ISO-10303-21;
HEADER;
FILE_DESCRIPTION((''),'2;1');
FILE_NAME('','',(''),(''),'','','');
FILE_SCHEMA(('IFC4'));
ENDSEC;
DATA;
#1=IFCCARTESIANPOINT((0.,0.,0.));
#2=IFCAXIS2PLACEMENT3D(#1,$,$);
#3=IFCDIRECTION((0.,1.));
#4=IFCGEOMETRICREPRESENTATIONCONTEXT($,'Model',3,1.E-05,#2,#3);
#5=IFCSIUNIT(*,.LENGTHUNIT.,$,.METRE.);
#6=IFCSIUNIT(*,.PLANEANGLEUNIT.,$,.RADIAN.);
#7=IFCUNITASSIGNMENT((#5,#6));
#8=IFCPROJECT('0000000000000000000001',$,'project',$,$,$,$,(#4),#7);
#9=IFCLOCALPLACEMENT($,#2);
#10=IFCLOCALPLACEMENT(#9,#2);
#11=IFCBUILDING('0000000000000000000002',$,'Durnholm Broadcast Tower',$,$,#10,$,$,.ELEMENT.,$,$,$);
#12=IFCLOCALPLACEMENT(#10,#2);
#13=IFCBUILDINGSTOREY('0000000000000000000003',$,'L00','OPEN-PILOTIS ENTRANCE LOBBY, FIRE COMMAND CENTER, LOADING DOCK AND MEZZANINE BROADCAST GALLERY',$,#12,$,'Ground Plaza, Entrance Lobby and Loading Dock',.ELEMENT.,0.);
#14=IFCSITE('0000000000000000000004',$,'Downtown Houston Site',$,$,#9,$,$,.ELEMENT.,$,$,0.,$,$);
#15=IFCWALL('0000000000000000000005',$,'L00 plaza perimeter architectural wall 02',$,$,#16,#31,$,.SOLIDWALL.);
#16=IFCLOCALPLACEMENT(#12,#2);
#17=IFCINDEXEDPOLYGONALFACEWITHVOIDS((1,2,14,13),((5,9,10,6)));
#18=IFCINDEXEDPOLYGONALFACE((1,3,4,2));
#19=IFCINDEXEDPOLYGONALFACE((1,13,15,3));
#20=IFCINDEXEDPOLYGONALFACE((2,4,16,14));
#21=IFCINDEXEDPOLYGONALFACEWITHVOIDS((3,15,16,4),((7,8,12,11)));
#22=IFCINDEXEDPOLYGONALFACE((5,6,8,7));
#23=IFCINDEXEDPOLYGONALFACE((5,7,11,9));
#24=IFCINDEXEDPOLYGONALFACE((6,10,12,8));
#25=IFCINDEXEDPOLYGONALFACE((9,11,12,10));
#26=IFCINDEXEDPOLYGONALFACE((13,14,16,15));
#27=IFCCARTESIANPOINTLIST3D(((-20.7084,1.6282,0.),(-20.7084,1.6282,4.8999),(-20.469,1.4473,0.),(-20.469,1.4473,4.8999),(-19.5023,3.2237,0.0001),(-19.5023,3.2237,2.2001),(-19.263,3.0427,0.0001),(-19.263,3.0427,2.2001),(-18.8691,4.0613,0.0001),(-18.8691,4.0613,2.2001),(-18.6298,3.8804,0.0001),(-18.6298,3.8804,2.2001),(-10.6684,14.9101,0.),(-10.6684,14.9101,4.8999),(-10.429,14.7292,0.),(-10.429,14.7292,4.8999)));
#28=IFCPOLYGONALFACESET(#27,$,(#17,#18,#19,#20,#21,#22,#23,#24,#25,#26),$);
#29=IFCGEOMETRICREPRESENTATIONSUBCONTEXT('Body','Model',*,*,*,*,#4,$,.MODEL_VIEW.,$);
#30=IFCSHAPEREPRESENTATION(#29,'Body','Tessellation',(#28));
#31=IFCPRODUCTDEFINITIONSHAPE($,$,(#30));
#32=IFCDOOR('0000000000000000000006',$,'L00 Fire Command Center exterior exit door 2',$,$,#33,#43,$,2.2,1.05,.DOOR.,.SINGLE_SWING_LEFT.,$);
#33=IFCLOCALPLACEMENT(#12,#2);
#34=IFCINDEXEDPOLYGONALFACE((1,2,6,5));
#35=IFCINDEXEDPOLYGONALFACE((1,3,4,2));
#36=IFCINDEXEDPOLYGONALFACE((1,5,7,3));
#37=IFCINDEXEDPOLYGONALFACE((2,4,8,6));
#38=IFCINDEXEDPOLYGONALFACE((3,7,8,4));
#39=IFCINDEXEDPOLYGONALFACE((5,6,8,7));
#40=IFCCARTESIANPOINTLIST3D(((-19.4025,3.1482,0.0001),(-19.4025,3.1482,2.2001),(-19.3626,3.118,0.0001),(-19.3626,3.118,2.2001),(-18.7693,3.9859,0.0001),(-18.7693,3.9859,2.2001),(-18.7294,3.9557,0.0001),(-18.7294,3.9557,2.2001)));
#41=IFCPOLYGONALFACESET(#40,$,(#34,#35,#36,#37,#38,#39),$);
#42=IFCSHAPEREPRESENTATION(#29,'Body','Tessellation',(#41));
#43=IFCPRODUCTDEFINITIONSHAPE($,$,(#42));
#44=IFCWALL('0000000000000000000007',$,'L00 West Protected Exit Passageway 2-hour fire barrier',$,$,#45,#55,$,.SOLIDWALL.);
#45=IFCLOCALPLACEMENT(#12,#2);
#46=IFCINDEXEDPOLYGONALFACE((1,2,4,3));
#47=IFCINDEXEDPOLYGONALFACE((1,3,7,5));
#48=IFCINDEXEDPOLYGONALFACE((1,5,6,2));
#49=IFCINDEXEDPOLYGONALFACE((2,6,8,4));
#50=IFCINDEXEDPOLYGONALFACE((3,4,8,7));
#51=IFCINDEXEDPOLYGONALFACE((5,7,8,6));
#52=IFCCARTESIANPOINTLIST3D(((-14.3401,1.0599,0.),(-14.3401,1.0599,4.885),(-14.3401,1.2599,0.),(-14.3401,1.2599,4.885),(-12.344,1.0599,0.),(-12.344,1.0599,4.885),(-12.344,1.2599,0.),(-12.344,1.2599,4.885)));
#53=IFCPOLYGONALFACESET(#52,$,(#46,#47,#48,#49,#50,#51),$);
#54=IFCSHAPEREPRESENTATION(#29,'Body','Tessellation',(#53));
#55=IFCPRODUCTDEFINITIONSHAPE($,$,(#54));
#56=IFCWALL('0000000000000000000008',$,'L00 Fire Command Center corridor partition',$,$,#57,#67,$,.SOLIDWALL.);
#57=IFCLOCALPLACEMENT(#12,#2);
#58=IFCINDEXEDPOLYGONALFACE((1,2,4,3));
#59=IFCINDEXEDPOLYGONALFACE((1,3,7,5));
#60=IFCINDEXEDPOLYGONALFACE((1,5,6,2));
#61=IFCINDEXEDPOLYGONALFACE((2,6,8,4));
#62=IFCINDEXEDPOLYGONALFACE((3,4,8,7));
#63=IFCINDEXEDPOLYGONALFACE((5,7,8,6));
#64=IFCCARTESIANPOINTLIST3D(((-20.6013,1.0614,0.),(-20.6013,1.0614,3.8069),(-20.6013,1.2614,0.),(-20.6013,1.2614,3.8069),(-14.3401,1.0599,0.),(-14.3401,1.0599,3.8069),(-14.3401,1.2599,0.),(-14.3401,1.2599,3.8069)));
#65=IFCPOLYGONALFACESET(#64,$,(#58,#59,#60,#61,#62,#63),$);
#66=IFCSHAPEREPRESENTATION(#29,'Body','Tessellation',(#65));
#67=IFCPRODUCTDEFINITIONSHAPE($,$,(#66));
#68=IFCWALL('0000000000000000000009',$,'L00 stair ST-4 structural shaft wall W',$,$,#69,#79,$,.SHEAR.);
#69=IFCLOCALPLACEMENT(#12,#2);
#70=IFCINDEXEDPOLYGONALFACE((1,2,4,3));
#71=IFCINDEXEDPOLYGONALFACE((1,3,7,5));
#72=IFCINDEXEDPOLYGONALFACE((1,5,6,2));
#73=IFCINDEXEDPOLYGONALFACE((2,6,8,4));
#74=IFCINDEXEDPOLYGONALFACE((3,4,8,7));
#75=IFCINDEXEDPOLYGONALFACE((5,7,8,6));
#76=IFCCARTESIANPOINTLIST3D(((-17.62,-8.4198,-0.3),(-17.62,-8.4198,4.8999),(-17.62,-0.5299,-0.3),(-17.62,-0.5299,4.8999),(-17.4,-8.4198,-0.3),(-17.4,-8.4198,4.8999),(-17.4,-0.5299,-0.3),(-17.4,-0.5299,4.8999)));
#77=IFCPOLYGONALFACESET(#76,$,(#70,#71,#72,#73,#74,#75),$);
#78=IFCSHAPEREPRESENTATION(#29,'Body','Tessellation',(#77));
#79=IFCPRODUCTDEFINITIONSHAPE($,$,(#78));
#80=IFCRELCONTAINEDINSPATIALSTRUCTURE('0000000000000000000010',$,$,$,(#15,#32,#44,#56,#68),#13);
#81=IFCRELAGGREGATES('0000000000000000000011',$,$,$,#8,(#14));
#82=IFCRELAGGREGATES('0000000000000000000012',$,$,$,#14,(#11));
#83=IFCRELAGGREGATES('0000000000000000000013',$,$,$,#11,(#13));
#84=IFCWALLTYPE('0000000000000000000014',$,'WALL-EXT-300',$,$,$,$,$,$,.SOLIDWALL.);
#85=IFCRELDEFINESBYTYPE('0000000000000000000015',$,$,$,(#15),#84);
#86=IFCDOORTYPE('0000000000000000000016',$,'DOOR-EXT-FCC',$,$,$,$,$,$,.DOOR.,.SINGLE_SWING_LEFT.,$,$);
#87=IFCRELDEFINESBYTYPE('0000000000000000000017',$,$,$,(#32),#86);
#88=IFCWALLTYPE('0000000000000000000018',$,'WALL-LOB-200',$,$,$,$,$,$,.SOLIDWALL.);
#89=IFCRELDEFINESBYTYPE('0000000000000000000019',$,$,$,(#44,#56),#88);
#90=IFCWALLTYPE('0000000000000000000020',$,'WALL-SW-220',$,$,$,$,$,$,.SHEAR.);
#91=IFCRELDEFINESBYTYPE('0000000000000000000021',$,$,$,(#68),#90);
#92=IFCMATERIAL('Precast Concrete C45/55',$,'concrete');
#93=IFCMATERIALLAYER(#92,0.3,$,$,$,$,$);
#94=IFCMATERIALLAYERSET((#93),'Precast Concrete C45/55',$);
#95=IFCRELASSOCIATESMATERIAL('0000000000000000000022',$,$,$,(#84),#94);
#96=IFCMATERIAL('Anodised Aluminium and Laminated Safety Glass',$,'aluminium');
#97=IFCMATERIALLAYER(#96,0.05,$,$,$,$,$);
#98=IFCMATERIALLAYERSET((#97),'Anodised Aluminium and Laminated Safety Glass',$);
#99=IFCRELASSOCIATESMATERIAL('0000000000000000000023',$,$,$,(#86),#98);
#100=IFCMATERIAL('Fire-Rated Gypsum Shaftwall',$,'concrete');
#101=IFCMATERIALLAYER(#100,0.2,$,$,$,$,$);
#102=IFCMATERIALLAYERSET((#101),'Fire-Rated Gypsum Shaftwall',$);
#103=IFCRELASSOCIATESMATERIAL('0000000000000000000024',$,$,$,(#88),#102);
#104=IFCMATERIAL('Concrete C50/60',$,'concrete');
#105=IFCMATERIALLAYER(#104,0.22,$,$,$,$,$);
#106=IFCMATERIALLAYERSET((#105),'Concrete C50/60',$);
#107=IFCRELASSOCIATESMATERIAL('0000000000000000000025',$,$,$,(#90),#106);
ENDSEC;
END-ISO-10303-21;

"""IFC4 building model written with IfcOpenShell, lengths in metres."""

from ifc_helpers import new_model, si_unit, direction, frame, frame_2d, origin, place, context, subcontext, project, spatial, rectangle, extrude, source, transform, mapped, material, layer, layer_set, type_object, type_shapes, element, fill, save


model = new_model("IFC4")

# Units and contexts
model_context = context("Model", 3, precision=1e-05, world=origin(), true_north=direction((0.0, 1.0)))
body_context = subcontext(model_context, "Body", "Model", "MODEL_VIEW")
ifc_project = project(units=[si_unit("LENGTHUNIT", "METRE"), si_unit("PLANEANGLEUNIT", "RADIAN")], contexts=[model_context])

# Site, building, storey
site_placement = place(None, origin())
site = spatial("IfcSite", under=ifc_project, at=site_placement, Name="Downtown Houston Site", CompositionType="ELEMENT", RefElevation=0.0)
building_placement = place(site_placement, origin())
building = spatial("IfcBuilding", under=site, at=building_placement, Name="Durnholm Broadcast Tower", CompositionType="ELEMENT")
storey_placement = place(building_placement, origin())
storey = spatial("IfcBuildingStorey", under=building, at=storey_placement, Name="L00", Description="OPEN-PILOTIS ENTRANCE LOBBY, FIRE COMMAND CENTER, LOADING DOCK AND MEZZANINE BROADCAST GALLERY", LongName="Ground Plaza, Entrance Lobby and Loading Dock", CompositionType="ELEMENT", Elevation=0.0)

# Wall, opening, door
ifc_material_1 = material(Name="Precast Concrete C45/55", Category="concrete")
ifc_layer_1 = layer(ifc_material_1, 0.3)
ifc_layer_set_1 = layer_set([ifc_layer_1], Name="Precast Concrete C45/55")
wall_type_1 = type_object("IfcWallType", Name="WALL-EXT-300", PredefinedType="SOLIDWALL", material=ifc_layer_set_1)
wall_1_placement = place(storey_placement, frame((-20.5886, 1.5378, 0.0), z_axis=(0.0, 0.0, 1.0), x_axis=(0.603015, 0.79773, 0.0)))
wall_1 = element("IfcWall", 1, at=wall_1_placement, inside=storey, type_object=wall_type_1, Name="L00 plaza perimeter architectural wall 02", PredefinedType="SOLIDWALL", context=body_context, shape_type="SweptSolid", body=[
    extrude(rectangle(XDim=16.6497, YDim=0.3, at=frame_2d((8.3247, 0.0))), origin(), (0.0, 0.0, 1.0), 4.8999),
])
opening_placement = place(wall_1_placement, frame((2.0, 0.0, 0.0)))
opening = element("IfcOpeningElement", 2, at=opening_placement, cuts=wall_1, PredefinedType="OPENING", context=body_context, shape_type="SweptSolid", body=[
    extrude(rectangle(XDim=1.05, YDim=2.2, at=frame_2d((0.5249, 1.1001))), frame((0.0, 0.1602, 0.0), z_axis=(0.0, -1.0, 0.0), x_axis=(1.0, 0.0, 0.0)), (0.0, 0.0, 1.0), 0.3201),
])
ifc_material_2 = material(Name="Anodised Aluminium and Laminated Safety Glass", Category="aluminium")
ifc_layer_2 = layer(ifc_material_2, 0.05)
ifc_layer_set_2 = layer_set([ifc_layer_2], Name="Anodised Aluminium and Laminated Safety Glass")
door_type = type_object("IfcDoorType", Name="DOOR-EXT-FCC", OperationType="SINGLE_SWING_LEFT", PredefinedType="DOOR", material=ifc_layer_set_2)
shared_shape_1 = source(origin(), body_context, "Body", "SweptSolid", [
    extrude(rectangle(XDim=1.05, YDim=2.2, at=frame_2d((0.5249, 1.1001))), frame((0.0, 0.0249, 0.0), z_axis=(0.0, -1.0, 0.0), x_axis=(1.0, 0.0, 0.0)), (0.0, 0.0, 1.0), 0.05),
])
type_shapes(door_type, [shared_shape_1])
door_placement = place(opening_placement, origin())
door = element("IfcDoor", 3, at=door_placement, inside=storey, type_object=door_type, Name="L00 Fire Command Center exterior exit door 2", OperationType="SINGLE_SWING_LEFT", OverallHeight=2.2, OverallWidth=1.05, PredefinedType="DOOR", context=body_context, shape_type="MappedRepresentation", body=[
    mapped(shared_shape_1, transform((0.0, 0.0, 0.0), x_axis=(1.0, 0.0, 0.0), y_axis=(0.0, 1.0, 0.0), z_axis=(0.0, 0.0, 1.0), scale=1.0)),
])
fill(opening, door)

# Walls
ifc_material_3 = material(Name="Fire-Rated Gypsum Shaftwall", Category="concrete")
ifc_layer_3 = layer(ifc_material_3, 0.2)
ifc_layer_set_3 = layer_set([ifc_layer_3], Name="Fire-Rated Gypsum Shaftwall")
wall_type_2 = type_object("IfcWallType", Name="WALL-LOB-200", PredefinedType="SOLIDWALL", material=ifc_layer_set_3)
wall_2_placement = place(storey_placement, frame((-12.344, 1.1599, 0.0), z_axis=(0.0, 0.0, 1.0), x_axis=(-1.0, 0.0, 0.0)))
element("IfcWall", 4, at=wall_2_placement, inside=storey, type_object=wall_type_2, Name="L00 West Protected Exit Passageway 2-hour fire barrier", PredefinedType="SOLIDWALL", context=body_context, shape_type="SweptSolid", body=[
    extrude(rectangle(XDim=1.9961, YDim=0.2, at=frame_2d((0.998, 0.0))), origin(), (0.0, 0.0, 1.0), 4.885),
])
wall_3_placement = place(storey_placement, frame((-14.3401, 1.1599, 0.0), z_axis=(0.0, 0.0, 1.0), x_axis=(-1.0, 0.000234, 0.0)))
element("IfcWall", 5, at=wall_3_placement, inside=storey, type_object=wall_type_2, Name="L00 Fire Command Center corridor partition", PredefinedType="SOLIDWALL", context=body_context, shape_type="SweptSolid", body=[
    extrude(rectangle(XDim=6.2612, YDim=0.2, at=frame_2d((3.1306, 0.0))), origin(), (0.0, 0.0, 1.0), 3.8069),
])
ifc_material_4 = material(Name="Concrete C50/60", Category="concrete")
ifc_layer_4 = layer(ifc_material_4, 0.22)
ifc_layer_set_4 = layer_set([ifc_layer_4], Name="Concrete C50/60")
wall_type_3 = type_object("IfcWallType", Name="WALL-SW-220", PredefinedType="SHEAR", material=ifc_layer_set_4)
wall_4_placement = place(storey_placement, frame((-17.51, -0.53, -0.3), z_axis=(0.0, 0.0, 1.0), x_axis=(0.0, -1.0, 0.0)))
element("IfcWall", 6, at=wall_4_placement, inside=storey, type_object=wall_type_3, Name="L00 stair ST-4 structural shaft wall W", PredefinedType="SHEAR", context=body_context, shape_type="SweptSolid", body=[
    extrude(rectangle(XDim=7.8899, YDim=0.22, at=frame_2d((3.9448, 0.0))), origin(), (0.0, 0.0, 1.0), 5.2),
])

save(model, "model.ifc")
